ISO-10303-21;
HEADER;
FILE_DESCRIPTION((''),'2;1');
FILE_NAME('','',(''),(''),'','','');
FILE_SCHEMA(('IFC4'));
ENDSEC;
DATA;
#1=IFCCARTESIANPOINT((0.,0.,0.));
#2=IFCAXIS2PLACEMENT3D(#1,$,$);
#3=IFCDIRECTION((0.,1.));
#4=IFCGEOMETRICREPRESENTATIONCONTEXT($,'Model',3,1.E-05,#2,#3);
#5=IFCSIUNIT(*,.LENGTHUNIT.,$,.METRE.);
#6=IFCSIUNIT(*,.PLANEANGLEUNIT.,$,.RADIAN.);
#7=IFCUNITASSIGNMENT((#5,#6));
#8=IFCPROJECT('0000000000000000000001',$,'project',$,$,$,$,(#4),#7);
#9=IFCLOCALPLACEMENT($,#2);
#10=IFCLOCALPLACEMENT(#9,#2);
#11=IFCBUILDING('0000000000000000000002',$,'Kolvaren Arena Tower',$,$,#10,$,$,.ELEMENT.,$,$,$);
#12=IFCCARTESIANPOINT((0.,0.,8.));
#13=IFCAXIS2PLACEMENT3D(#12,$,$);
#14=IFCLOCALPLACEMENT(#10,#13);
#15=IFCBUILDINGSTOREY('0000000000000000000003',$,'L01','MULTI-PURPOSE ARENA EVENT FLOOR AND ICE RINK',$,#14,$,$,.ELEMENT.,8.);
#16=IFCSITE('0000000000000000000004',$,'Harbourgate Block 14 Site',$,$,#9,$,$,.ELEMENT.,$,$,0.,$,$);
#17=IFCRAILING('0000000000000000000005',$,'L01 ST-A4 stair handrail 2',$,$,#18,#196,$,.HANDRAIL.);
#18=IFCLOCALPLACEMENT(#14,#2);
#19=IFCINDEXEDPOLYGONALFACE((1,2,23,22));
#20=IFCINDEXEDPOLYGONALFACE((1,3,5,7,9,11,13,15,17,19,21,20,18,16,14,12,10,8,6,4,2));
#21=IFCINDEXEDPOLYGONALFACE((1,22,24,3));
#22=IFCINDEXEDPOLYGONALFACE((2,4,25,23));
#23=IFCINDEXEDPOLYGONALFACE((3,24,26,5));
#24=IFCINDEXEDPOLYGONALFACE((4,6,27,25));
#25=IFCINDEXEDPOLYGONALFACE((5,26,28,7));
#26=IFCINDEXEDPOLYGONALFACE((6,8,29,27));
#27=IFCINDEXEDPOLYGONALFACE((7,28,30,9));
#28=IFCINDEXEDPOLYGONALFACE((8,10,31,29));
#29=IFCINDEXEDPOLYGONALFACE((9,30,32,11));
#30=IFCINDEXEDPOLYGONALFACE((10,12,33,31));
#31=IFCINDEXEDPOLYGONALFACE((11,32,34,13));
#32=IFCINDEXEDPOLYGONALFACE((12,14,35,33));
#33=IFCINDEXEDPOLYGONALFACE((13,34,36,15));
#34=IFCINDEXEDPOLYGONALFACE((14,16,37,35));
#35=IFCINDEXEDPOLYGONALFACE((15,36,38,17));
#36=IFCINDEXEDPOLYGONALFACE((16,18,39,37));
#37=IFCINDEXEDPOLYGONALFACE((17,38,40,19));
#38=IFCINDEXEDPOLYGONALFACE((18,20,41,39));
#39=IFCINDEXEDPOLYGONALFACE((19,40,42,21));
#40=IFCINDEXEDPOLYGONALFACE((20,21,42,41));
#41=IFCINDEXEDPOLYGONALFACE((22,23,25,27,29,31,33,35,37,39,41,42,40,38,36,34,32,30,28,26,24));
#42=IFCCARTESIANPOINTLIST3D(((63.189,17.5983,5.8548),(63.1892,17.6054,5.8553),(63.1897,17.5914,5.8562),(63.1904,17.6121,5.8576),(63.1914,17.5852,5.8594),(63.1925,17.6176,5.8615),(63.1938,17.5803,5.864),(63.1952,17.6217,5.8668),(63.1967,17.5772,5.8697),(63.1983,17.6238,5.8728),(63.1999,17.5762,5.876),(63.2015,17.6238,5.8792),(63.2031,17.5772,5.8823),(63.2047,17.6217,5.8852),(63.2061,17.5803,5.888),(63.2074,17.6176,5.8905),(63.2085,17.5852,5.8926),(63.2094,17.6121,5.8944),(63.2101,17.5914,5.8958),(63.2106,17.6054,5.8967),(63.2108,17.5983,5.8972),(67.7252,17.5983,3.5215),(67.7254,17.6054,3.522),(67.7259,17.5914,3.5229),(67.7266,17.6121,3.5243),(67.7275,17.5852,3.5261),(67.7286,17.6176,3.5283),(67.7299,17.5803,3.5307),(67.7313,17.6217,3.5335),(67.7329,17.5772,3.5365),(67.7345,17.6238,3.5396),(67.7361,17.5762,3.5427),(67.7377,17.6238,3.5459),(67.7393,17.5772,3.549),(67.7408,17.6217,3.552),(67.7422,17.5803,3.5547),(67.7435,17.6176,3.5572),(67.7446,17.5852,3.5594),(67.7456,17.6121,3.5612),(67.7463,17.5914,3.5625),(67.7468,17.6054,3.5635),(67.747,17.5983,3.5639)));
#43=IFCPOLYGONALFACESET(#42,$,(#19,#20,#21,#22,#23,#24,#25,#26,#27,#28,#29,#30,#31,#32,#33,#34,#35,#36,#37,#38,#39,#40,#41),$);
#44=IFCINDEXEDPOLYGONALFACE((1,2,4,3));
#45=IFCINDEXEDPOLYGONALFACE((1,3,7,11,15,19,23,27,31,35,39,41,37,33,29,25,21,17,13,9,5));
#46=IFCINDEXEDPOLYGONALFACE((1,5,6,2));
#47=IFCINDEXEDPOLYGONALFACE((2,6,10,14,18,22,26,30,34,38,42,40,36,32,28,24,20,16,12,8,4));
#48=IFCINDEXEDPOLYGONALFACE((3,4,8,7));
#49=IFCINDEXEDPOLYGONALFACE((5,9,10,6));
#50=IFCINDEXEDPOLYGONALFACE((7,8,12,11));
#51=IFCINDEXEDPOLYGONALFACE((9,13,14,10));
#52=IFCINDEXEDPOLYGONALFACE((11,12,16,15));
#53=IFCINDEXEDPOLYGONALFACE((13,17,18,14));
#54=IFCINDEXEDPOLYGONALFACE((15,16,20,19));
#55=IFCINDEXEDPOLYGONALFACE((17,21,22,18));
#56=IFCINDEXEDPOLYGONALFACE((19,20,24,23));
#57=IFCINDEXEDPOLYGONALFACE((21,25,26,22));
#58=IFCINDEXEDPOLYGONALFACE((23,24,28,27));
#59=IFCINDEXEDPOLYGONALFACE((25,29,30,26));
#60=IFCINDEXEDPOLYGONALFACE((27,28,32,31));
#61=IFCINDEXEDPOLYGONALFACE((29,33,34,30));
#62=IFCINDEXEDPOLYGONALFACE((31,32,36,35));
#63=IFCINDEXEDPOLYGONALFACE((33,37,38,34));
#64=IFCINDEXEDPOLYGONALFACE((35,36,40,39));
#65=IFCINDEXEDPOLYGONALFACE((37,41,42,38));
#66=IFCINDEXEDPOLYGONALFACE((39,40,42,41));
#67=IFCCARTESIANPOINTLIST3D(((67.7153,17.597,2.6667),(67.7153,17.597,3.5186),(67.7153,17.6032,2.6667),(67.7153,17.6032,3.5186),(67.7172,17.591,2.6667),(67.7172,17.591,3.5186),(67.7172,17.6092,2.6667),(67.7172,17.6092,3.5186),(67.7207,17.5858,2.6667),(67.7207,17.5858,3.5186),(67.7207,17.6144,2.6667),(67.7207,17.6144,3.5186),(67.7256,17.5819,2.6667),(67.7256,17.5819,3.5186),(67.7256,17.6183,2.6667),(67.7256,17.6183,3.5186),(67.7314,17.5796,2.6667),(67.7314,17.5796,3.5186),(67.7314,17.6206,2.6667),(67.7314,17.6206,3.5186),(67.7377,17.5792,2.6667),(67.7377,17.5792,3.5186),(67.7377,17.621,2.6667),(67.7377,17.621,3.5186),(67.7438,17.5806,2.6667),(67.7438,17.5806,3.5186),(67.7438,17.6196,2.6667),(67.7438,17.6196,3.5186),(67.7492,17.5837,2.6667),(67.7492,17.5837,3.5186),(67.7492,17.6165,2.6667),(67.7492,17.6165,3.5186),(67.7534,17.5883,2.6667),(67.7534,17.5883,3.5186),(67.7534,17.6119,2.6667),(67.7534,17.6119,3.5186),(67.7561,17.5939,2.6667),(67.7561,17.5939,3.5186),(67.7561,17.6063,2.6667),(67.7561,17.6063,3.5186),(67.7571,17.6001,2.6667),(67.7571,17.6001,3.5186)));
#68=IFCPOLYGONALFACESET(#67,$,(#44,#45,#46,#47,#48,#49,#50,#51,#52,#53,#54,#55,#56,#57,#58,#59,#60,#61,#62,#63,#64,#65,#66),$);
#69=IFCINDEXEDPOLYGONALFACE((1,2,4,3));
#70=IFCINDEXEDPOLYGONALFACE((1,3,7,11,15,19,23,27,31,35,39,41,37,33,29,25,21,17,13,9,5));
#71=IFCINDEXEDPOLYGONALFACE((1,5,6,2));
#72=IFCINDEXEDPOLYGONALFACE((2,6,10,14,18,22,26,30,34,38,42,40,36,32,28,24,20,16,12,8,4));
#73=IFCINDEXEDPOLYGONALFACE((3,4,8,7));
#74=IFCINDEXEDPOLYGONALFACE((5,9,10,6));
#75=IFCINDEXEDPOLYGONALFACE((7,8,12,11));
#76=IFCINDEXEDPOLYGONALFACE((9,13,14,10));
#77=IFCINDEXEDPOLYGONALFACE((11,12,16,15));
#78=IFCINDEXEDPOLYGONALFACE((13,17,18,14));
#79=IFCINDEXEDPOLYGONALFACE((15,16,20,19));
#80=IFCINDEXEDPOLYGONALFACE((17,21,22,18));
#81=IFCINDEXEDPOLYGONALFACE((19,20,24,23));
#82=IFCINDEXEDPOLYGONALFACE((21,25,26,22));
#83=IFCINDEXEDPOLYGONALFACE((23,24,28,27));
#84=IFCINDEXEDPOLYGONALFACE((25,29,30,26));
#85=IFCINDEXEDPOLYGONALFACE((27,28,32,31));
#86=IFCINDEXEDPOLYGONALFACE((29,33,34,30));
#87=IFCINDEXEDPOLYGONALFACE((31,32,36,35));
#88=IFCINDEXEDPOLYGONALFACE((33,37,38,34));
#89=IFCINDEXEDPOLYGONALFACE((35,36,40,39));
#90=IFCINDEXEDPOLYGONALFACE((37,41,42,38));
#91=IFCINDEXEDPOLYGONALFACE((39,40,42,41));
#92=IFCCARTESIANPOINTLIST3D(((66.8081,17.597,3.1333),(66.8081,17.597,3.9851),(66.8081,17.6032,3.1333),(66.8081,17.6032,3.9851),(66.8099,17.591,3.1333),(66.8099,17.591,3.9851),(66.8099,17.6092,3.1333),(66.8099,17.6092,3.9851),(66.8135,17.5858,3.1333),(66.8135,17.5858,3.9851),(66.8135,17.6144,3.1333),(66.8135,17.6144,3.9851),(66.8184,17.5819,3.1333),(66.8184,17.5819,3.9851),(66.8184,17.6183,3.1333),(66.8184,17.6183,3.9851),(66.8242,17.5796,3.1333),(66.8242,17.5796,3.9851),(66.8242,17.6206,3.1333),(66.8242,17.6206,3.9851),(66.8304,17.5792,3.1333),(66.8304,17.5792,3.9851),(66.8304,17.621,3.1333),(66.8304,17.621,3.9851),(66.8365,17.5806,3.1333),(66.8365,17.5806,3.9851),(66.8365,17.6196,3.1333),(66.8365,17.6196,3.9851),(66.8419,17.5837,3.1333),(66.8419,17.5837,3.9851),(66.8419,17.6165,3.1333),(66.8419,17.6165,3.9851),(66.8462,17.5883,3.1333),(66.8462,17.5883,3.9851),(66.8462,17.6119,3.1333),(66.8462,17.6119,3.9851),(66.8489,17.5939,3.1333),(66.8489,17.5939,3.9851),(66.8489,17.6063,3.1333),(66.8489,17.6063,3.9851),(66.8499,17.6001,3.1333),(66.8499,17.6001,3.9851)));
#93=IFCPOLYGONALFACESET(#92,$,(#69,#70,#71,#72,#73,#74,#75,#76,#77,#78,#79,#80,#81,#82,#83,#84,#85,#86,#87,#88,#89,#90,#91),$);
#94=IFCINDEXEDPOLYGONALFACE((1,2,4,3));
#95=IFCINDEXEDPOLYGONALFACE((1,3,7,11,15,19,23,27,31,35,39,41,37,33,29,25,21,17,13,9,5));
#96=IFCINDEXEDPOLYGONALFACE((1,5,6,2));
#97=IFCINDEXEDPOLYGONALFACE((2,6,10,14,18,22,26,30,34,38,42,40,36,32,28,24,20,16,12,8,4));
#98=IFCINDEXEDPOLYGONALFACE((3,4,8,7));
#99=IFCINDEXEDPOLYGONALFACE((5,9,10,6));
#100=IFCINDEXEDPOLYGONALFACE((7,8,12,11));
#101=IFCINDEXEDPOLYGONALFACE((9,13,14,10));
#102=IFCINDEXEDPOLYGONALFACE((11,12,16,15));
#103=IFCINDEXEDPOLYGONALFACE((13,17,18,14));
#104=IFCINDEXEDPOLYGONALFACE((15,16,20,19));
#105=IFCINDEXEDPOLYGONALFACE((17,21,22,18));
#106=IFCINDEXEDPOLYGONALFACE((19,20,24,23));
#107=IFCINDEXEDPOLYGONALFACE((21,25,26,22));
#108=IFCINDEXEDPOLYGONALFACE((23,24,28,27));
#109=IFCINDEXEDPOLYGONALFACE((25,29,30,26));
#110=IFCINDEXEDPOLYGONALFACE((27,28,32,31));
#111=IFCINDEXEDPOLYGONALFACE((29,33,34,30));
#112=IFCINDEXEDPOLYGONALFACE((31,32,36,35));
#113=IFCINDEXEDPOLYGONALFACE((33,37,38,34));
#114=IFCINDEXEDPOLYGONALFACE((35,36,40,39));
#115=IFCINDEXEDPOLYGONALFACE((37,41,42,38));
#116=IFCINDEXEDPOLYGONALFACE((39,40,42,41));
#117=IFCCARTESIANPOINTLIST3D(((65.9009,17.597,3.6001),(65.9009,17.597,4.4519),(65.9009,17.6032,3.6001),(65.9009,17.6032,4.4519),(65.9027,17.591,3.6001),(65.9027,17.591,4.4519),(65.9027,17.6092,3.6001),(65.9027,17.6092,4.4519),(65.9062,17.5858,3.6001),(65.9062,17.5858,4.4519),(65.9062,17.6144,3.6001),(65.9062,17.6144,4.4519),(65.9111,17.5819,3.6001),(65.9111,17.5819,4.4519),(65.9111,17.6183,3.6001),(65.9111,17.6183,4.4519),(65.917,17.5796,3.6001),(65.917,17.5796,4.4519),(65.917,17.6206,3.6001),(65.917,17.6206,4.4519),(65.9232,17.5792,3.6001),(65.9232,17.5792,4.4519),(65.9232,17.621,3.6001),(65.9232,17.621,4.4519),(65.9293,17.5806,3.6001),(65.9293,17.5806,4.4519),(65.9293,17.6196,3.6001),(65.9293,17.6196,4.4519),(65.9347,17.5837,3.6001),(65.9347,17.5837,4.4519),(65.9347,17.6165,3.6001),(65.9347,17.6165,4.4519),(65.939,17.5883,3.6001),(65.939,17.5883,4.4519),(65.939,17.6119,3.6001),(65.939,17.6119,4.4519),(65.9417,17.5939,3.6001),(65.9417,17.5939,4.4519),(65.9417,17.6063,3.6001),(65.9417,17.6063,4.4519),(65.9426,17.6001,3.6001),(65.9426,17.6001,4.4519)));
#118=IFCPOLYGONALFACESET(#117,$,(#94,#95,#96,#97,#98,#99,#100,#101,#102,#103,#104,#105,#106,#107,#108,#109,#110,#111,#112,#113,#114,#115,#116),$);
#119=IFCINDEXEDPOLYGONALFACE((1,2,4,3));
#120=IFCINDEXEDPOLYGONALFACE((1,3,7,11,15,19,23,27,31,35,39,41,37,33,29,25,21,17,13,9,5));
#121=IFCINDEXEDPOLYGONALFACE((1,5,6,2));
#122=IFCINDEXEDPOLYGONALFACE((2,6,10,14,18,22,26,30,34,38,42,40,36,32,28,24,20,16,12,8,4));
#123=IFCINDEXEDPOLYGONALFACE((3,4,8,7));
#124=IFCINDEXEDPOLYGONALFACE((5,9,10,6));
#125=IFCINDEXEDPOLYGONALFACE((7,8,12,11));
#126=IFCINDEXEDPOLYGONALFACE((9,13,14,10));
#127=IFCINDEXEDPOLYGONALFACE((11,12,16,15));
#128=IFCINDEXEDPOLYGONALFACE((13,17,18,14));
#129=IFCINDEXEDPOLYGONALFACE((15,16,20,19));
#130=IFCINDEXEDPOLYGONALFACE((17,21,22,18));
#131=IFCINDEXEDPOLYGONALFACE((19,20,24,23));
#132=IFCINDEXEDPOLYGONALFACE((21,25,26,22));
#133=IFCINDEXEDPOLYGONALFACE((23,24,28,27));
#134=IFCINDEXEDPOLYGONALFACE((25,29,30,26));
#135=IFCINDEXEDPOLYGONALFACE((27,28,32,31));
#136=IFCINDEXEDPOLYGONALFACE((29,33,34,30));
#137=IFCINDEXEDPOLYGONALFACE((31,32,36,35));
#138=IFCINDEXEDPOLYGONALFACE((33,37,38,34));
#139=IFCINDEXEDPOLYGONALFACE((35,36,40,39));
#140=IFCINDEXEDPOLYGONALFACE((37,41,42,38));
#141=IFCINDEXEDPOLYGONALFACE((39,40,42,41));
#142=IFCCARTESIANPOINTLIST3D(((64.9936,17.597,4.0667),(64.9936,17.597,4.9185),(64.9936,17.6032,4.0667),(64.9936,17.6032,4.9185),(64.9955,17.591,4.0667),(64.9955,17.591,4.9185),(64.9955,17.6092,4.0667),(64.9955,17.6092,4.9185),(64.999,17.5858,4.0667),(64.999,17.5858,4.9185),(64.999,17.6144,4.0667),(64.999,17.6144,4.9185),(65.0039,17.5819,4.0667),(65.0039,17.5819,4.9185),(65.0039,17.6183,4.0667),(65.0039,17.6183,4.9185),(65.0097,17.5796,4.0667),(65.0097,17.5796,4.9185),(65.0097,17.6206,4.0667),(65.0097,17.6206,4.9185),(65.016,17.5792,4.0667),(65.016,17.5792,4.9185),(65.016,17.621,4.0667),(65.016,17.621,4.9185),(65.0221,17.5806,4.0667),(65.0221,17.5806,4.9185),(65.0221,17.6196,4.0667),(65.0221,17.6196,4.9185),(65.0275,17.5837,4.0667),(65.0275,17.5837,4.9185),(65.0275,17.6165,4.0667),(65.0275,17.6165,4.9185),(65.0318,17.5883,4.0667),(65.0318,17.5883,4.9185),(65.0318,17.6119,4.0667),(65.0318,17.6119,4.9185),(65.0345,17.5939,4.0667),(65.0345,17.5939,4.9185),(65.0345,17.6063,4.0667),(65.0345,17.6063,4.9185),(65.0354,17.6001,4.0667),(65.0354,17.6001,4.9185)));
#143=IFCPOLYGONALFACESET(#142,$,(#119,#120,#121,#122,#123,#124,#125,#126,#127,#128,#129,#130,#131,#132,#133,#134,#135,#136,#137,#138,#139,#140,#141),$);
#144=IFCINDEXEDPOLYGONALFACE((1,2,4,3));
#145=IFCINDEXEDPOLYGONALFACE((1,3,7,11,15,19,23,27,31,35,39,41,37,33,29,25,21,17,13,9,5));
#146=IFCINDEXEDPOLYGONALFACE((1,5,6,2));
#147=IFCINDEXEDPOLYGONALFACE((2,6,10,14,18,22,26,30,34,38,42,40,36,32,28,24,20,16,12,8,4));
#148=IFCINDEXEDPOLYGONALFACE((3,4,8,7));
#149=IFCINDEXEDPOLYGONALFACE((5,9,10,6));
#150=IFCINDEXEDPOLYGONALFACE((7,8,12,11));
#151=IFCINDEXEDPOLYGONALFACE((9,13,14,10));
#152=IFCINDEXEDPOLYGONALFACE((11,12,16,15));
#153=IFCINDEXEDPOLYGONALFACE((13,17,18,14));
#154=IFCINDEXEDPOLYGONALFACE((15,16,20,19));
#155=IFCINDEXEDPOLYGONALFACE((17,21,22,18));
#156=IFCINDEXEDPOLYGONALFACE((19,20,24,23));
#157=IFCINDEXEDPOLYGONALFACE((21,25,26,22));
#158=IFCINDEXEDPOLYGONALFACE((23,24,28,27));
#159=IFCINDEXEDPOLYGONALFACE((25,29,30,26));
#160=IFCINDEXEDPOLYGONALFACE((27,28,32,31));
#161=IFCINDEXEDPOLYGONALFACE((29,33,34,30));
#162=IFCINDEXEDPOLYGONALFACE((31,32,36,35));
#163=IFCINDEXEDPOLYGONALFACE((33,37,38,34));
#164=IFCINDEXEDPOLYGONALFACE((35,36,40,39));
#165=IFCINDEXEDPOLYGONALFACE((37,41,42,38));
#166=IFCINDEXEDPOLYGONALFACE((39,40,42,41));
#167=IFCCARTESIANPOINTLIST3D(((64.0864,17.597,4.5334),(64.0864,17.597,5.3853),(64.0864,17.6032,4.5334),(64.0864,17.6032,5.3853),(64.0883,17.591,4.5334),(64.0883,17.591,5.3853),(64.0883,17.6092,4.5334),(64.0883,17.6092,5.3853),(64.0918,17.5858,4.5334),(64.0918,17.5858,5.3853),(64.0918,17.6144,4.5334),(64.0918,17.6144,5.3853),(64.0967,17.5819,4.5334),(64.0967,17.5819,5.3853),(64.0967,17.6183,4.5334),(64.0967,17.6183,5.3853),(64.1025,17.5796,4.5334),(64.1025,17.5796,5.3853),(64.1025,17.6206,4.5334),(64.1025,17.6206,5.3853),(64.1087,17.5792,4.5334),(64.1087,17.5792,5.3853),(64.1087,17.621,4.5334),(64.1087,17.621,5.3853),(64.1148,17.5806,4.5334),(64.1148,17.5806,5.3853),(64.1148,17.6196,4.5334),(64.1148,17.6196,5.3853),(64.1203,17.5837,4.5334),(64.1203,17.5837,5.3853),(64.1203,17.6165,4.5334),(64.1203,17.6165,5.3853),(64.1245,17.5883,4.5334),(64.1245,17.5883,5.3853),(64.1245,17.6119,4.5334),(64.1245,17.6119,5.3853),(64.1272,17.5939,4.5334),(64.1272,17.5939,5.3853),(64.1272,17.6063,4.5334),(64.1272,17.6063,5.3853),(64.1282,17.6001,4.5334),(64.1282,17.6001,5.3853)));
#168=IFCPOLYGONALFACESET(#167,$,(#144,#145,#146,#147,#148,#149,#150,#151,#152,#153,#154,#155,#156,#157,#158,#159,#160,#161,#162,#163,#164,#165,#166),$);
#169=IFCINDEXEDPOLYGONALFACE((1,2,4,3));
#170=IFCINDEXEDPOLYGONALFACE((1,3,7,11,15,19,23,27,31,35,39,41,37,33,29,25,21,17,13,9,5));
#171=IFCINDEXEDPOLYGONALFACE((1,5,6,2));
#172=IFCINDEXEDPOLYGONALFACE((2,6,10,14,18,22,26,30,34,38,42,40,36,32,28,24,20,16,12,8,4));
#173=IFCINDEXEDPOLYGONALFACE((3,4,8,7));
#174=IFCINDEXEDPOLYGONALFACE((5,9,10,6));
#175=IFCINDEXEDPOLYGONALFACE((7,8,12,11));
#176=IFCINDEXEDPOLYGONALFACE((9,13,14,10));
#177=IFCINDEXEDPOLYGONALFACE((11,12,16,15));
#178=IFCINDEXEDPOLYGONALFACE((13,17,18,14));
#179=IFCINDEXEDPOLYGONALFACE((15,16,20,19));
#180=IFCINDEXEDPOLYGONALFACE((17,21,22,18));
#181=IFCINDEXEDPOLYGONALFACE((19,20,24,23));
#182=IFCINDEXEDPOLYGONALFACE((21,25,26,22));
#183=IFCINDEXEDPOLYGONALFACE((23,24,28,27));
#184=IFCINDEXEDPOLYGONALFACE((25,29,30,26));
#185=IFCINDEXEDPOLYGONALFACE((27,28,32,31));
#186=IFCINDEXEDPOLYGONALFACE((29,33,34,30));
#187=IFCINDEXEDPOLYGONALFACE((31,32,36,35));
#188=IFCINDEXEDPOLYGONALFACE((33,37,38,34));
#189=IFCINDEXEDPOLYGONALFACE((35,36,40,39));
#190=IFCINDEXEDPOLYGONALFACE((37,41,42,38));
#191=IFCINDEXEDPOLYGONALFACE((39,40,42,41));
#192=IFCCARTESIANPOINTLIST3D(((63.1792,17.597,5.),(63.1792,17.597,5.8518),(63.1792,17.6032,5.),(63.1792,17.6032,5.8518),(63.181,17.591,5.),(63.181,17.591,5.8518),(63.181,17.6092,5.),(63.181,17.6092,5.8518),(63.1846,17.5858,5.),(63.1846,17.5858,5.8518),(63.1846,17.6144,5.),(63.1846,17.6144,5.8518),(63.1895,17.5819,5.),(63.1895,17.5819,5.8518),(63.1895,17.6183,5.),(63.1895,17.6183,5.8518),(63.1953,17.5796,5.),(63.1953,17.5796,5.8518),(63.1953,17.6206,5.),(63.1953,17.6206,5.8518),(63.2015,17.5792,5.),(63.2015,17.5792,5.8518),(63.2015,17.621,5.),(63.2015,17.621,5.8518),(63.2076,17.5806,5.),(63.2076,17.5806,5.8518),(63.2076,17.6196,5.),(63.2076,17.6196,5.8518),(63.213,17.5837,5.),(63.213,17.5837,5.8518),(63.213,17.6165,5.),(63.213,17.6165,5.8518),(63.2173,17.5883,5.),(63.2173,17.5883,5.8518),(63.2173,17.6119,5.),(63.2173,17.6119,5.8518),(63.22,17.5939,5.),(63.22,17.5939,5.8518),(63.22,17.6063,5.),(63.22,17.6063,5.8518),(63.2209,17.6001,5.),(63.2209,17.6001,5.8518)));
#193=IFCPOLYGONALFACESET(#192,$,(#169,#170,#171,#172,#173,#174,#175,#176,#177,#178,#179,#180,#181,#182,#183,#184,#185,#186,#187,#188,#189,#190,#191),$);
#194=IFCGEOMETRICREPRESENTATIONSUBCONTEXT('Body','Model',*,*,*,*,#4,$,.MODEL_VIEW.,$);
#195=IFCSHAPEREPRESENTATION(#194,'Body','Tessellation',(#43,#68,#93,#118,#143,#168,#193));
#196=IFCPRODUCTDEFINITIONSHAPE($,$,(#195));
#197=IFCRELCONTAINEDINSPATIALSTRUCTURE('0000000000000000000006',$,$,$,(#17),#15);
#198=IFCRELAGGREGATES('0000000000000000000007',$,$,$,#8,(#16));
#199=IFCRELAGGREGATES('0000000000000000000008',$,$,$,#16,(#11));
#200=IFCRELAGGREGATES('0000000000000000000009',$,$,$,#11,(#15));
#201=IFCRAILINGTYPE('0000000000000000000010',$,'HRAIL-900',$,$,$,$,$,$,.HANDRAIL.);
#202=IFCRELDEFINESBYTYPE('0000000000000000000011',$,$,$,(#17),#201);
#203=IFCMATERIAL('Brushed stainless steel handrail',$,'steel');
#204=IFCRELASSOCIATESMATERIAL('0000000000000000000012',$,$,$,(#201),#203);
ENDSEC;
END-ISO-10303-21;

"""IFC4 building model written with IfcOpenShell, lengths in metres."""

from ifc_helpers import new_model, si_unit, direction, frame, origin, origin_2d, place, context, subcontext, project, spatial, circle, extrude, material, type_object, element, save


model = new_model("IFC4")

# Units and contexts
model_context = context("Model", 3, precision=1e-05, world=origin(), true_north=direction((0.0, 1.0)))
body_context = subcontext(model_context, "Body", "Model", "MODEL_VIEW")
ifc_project = project(units=[si_unit("LENGTHUNIT", "METRE"), si_unit("PLANEANGLEUNIT", "RADIAN")], contexts=[model_context])

# Site, building, storey
site_placement = place(None, origin())
site = spatial("IfcSite", under=ifc_project, at=site_placement, Name="Harbourgate Block 14 Site", CompositionType="ELEMENT", RefElevation=0.0)
building_placement = place(site_placement, origin())
building = spatial("IfcBuilding", under=site, at=building_placement, Name="Kolvaren Arena Tower", CompositionType="ELEMENT")
storey_placement = place(building_placement, frame((0.0, 0.0, 8.0)))
storey = spatial("IfcBuildingStorey", under=building, at=storey_placement, Name="L01", Description="MULTI-PURPOSE ARENA EVENT FLOOR AND ICE RINK", CompositionType="ELEMENT", Elevation=8.0)

# Railing
ifc_material_1 = material(Name="Brushed stainless steel handrail", Category="steel")
railing_type_1 = type_object("IfcRailingType", Name="HRAIL-900", PredefinedType="HANDRAIL", material=ifc_material_1)
railing_1_placement = place(storey_placement, frame((67.7361, 17.6001, 2.6667)))
element("IfcRailing", 1, at=railing_1_placement, inside=storey, type_object=railing_type_1, Name="L01 ST-A4 stair handrail 2", PredefinedType="HANDRAIL", context=body_context, shape_type="SweptSolid", body=[
    extrude(circle(Radius=0.0239, at=origin_2d()), frame((0.0, 0.0, 0.876), z_axis=(-0.889257, 0.0, 0.457407), x_axis=(0.0, -1.0, 0.0)), (0.0, 0.0, 1.0), 5.1011),
    extrude(circle(Radius=0.021, at=origin_2d()), origin(), (0.0, 0.0, 1.0), 0.8518),
    extrude(circle(Radius=0.021, at=origin_2d()), frame((-0.9072, 0.0, 0.4666)), (0.0, 0.0, 1.0), 0.8518),
    extrude(circle(Radius=0.021, at=origin_2d()), frame((-1.8145, 0.0, 0.9333)), (0.0, 0.0, 1.0), 0.8518),
    extrude(circle(Radius=0.021, at=origin_2d()), frame((-2.7217, 0.0, 1.3999)), (0.0, 0.0, 1.0), 0.8518),
    extrude(circle(Radius=0.021, at=origin_2d()), frame((-3.6289, 0.0, 1.8667)), (0.0, 0.0, 1.0), 0.8518),
    extrude(circle(Radius=0.021, at=origin_2d()), frame((-4.5361, 0.0, 2.3333)), (0.0, 0.0, 1.0), 0.8518),
])

save(model, "model.ifc")
